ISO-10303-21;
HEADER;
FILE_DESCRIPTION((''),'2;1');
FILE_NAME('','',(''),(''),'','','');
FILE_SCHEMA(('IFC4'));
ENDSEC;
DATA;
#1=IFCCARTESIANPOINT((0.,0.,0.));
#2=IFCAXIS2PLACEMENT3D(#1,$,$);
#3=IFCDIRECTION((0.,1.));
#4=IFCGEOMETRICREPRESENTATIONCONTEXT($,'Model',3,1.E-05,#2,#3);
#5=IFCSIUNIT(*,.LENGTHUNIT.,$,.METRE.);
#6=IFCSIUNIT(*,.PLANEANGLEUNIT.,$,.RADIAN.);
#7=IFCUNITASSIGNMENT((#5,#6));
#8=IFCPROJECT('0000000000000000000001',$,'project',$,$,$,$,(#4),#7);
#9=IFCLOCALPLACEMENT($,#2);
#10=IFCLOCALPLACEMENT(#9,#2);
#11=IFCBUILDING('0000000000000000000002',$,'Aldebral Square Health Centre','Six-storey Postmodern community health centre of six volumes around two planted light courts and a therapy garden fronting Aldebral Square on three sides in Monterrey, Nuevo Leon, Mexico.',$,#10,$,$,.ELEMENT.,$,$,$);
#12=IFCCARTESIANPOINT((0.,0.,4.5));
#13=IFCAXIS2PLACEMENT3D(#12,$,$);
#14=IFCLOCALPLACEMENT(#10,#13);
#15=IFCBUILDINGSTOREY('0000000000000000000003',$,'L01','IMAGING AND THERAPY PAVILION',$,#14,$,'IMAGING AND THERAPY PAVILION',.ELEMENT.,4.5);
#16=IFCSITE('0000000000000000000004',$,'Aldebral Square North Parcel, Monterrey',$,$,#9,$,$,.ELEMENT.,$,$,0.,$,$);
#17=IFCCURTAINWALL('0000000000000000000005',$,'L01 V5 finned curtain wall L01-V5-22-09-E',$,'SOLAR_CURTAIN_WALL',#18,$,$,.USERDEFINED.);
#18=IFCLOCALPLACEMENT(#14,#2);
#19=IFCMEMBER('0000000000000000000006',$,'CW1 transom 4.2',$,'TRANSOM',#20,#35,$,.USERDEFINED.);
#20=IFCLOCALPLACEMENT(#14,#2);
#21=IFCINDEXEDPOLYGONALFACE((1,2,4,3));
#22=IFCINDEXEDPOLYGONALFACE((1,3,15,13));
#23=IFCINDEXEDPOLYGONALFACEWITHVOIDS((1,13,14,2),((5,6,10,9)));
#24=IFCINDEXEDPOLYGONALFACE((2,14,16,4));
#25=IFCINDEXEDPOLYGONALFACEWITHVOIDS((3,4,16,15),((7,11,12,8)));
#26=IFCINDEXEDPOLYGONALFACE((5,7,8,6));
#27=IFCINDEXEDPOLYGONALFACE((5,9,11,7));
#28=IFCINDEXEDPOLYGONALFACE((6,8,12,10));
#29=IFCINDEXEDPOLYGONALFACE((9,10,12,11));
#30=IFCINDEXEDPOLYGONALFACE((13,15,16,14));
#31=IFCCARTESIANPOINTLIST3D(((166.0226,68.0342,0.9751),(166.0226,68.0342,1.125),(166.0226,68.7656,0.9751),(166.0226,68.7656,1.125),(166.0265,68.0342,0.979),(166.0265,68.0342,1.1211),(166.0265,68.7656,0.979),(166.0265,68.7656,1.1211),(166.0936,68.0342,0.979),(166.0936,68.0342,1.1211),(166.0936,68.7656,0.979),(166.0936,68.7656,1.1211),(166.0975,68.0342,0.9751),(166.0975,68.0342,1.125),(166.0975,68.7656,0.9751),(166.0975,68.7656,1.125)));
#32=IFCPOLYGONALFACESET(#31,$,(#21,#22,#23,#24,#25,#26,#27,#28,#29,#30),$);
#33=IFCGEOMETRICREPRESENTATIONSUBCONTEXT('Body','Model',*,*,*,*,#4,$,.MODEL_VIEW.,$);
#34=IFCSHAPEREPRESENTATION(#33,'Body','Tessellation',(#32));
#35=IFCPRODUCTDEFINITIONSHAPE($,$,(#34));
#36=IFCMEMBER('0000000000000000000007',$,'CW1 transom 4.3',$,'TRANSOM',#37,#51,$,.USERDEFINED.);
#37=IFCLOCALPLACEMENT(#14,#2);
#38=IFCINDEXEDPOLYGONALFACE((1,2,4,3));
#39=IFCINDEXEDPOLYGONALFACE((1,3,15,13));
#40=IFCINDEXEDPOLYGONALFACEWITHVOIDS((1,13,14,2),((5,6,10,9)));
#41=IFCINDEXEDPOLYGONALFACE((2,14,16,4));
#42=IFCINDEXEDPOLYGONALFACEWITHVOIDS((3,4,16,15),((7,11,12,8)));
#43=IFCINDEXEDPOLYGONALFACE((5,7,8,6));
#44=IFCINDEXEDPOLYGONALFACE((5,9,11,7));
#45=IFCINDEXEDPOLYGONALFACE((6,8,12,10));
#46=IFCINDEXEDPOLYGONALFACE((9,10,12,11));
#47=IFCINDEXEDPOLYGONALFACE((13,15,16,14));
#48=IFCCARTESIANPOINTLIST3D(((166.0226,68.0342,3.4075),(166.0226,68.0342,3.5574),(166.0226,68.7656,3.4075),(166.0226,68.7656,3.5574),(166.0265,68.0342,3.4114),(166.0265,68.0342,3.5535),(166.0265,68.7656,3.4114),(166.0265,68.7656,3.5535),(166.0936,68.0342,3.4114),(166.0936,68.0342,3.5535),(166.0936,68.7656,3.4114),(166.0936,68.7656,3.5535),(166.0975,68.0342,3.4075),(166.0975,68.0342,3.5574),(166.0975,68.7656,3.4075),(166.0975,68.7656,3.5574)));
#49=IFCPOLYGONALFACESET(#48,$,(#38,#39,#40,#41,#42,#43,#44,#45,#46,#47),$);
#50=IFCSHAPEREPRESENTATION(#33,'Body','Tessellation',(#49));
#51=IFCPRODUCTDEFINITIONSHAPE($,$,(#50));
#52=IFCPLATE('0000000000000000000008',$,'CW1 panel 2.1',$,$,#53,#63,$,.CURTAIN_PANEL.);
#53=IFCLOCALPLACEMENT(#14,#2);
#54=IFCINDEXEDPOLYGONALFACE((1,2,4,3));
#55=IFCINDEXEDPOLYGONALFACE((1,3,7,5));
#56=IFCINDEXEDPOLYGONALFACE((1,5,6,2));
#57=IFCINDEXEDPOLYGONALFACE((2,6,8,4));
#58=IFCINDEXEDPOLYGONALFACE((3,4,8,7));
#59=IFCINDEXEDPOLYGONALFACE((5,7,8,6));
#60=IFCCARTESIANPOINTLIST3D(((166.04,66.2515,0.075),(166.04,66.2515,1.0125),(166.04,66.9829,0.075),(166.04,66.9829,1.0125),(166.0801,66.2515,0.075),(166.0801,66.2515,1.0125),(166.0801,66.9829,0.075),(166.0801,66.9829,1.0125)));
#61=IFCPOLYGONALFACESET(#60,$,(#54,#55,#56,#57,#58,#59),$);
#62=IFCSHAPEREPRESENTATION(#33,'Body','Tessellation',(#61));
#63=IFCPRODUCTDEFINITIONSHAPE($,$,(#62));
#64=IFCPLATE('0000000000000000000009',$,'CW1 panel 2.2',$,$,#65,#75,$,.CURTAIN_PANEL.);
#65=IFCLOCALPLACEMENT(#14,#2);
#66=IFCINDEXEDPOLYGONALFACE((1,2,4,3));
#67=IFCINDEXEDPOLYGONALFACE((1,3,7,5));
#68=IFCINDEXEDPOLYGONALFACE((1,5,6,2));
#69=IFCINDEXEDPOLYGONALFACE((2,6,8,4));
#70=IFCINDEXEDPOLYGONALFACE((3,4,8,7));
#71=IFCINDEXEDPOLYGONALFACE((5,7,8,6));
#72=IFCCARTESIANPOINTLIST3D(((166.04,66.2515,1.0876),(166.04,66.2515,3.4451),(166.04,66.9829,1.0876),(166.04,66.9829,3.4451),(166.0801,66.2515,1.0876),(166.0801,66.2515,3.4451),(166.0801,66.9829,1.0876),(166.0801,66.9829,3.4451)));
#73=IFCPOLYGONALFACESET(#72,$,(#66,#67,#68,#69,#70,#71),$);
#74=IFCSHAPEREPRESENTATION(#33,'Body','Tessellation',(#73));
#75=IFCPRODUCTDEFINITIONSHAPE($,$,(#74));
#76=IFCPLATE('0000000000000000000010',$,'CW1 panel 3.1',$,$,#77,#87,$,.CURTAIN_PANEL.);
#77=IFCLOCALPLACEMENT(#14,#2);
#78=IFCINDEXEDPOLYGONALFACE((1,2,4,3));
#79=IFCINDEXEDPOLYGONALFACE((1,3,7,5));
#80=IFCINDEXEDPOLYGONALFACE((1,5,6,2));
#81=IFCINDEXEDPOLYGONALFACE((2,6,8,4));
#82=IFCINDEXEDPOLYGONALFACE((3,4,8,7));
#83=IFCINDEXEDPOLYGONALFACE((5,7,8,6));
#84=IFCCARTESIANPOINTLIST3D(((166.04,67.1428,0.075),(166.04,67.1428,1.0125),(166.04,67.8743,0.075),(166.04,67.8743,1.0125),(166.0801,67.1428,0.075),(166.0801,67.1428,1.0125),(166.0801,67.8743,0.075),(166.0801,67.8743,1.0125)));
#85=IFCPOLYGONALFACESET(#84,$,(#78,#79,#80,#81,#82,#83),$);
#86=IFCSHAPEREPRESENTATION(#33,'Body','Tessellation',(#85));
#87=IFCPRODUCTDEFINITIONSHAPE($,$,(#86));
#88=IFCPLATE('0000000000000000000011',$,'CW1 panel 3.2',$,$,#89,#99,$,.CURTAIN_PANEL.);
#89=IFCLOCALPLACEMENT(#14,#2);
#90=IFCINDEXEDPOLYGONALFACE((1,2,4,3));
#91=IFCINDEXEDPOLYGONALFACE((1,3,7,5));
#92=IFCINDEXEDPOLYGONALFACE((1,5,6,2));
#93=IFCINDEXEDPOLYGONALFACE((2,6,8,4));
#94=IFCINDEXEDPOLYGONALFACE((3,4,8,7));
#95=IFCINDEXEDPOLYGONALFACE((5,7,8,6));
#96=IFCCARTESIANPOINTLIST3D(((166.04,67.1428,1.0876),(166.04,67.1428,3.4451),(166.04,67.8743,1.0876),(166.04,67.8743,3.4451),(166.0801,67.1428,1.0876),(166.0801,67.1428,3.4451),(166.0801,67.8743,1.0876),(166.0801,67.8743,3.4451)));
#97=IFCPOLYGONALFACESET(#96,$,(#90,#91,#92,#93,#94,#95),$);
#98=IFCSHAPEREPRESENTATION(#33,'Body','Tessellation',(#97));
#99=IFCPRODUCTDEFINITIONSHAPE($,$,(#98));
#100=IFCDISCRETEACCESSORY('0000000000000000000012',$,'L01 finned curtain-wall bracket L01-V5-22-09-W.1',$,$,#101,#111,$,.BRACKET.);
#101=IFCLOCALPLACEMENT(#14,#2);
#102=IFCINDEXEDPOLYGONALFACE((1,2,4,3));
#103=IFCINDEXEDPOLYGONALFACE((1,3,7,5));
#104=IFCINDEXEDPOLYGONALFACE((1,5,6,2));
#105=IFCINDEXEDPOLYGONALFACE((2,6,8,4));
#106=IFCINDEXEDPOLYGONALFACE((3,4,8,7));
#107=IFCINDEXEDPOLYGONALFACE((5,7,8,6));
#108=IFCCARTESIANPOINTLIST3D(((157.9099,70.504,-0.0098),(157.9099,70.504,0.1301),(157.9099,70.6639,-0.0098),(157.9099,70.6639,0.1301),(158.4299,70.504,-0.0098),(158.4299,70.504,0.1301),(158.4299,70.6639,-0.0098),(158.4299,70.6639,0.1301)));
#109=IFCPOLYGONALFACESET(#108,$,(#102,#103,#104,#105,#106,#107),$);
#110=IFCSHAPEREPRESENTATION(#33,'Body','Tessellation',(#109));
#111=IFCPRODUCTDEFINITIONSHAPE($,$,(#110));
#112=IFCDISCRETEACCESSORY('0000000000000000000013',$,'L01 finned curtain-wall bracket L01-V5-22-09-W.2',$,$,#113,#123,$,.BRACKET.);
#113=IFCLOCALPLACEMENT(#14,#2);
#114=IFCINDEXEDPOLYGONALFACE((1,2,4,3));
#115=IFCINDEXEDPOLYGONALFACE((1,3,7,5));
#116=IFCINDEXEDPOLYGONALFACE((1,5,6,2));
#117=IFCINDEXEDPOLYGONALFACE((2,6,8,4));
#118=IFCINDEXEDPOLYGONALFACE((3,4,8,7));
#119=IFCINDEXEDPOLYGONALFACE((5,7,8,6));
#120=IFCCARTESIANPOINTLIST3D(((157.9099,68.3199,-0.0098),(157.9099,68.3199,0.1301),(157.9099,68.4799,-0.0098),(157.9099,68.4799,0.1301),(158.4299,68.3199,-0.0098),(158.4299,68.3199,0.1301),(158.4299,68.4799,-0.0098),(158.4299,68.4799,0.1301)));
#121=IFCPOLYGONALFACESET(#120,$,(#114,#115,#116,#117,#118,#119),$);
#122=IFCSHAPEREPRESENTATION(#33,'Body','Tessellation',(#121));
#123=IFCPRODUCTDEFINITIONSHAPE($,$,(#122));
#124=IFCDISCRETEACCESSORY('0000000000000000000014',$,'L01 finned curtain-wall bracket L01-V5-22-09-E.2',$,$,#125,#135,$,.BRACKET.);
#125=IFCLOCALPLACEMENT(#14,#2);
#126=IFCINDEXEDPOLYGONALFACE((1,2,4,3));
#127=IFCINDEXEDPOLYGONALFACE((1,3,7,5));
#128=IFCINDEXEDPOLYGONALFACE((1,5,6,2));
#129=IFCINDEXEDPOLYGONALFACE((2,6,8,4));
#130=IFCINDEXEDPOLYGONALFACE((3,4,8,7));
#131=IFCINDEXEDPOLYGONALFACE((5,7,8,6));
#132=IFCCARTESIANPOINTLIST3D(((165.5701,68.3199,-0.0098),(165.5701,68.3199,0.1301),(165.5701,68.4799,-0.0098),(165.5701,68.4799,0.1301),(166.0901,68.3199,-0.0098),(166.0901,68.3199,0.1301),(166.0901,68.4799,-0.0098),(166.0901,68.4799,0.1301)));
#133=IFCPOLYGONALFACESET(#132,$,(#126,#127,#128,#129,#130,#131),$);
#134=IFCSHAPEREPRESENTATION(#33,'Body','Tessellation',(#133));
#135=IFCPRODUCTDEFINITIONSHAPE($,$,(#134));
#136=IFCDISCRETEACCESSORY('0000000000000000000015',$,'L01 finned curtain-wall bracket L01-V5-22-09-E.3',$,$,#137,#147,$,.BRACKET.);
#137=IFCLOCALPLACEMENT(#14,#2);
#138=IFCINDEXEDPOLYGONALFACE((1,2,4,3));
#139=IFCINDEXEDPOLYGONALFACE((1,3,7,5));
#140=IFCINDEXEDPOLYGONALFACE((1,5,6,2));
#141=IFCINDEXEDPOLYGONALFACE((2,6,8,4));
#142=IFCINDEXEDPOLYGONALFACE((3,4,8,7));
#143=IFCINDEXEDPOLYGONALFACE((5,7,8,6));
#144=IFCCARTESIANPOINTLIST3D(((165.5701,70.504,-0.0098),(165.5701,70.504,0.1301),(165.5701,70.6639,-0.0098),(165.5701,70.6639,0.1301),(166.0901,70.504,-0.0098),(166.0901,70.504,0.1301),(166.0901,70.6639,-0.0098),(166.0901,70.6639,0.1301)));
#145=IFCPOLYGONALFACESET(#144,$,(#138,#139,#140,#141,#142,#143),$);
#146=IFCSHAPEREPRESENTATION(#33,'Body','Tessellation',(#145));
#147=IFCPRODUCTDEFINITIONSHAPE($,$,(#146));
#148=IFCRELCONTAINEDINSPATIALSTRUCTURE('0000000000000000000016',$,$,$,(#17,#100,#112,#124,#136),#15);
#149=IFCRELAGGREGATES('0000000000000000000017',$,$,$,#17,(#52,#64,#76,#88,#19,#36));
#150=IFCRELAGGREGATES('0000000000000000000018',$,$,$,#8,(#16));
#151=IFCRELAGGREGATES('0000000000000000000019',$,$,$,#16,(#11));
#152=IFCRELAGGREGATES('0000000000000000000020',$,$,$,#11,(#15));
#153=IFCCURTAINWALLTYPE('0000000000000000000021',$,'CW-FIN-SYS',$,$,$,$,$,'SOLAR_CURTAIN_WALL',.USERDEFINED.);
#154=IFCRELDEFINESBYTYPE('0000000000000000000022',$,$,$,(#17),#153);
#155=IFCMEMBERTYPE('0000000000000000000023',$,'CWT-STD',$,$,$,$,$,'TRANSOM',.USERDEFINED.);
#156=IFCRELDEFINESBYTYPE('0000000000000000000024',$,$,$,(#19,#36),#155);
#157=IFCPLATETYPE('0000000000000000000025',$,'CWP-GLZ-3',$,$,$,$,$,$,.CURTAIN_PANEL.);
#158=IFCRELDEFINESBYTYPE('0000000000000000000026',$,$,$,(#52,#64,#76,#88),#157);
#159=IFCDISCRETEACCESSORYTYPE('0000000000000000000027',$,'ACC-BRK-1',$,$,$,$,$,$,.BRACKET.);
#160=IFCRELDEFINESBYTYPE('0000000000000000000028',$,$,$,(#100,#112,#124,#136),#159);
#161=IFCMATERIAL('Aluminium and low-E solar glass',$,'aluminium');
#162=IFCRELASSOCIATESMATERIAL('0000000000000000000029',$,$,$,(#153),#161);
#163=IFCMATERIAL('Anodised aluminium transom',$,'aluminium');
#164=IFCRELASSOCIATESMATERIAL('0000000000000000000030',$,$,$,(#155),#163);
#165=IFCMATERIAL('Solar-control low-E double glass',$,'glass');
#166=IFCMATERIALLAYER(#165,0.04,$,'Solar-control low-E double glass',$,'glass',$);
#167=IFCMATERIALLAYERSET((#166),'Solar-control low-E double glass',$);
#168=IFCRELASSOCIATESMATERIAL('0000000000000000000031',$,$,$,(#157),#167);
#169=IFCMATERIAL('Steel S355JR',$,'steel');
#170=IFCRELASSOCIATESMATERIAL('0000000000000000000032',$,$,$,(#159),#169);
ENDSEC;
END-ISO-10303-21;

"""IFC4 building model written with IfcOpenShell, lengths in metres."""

from ifc_helpers import new_model, si_unit, direction, frame, origin, origin_2d, place, context, subcontext, project, spatial, rectangle, hollow_rectangle, extrude, material, layer, layer_set, material_profile, profile_set, type_object, element, aggregate, save


model = new_model("IFC4")

# Units and contexts
model_context = context("Model", 3, precision=1e-05, world=origin(), true_north=direction((0.0, 1.0)))
body_context = subcontext(model_context, "Body", "Model", "MODEL_VIEW")
ifc_project = project(units=[si_unit("LENGTHUNIT", "METRE"), si_unit("PLANEANGLEUNIT", "RADIAN")], contexts=[model_context])

# Site, building, storey
site_placement = place(None, origin())
site = spatial("IfcSite", under=ifc_project, at=site_placement, Name="Aldebral Square North Parcel, Monterrey", CompositionType="ELEMENT", RefElevation=0.0)
building_placement = place(site_placement, origin())
building = spatial("IfcBuilding", under=site, at=building_placement, Name="Aldebral Square Health Centre", Description="Six-storey Postmodern community health centre of six volumes around two planted light courts and a therapy garden fronting Aldebral Square on three sides in Monterrey, Nuevo Leon, Mexico.", CompositionType="ELEMENT")
storey_placement = place(building_placement, frame((0.0, 0.0, 4.5)))
storey = spatial("IfcBuildingStorey", under=building, at=storey_placement, Name="L01", Description="IMAGING AND THERAPY PAVILION", LongName="IMAGING AND THERAPY PAVILION", CompositionType="ELEMENT", Elevation=4.5)

# Curtain wall, members, plates
ifc_material_1 = material(Name="Aluminium and low-E solar glass", Category="aluminium")
curtain_wall_type = type_object("IfcCurtainWallType", Name="CW-FIN-SYS", ElementType="SOLAR_CURTAIN_WALL", PredefinedType="USERDEFINED", material=ifc_material_1)
curtain_wall_placement = place(storey_placement, origin())
curtain_wall = element("IfcCurtainWall", 1, at=curtain_wall_placement, inside=storey, type_object=curtain_wall_type, Name="L01 V5 finned curtain wall L01-V5-22-09-E", ObjectType="SOLAR_CURTAIN_WALL", PredefinedType="USERDEFINED")
ifc_material_2 = material(Name="Anodised aluminium transom", Category="aluminium")
ifc_material_profile_1 = material_profile(ifc_material_2, hollow_rectangle(XDim=0.075, YDim=0.1499, WallThickness=0.0039, at=origin_2d()), Name="CWT 75x150x4")
ifc_profile_set_1 = profile_set([ifc_material_profile_1], Name="Anodised aluminium transom")
member_type_1 = type_object("IfcMemberType", Name="CWT-STD", ElementType="TRANSOM", PredefinedType="USERDEFINED", material=ifc_profile_set_1)
member_1_placement = place(storey_placement, frame((166.0601, 68.0342, 1.05), z_axis=(0.0, 1.0, 0.0), x_axis=(-1.0, 0.0, 0.0)))
member_1 = element("IfcMember", 2, at=member_1_placement, type_object=member_type_1, Name="CW1 transom 4.2", ObjectType="TRANSOM", PredefinedType="USERDEFINED", context=body_context, shape_type="SweptSolid", body=[
    extrude(hollow_rectangle(XDim=0.075, YDim=0.1499, WallThickness=0.0039, at=origin_2d()), origin(), (0.0, 0.0, 1.0), 0.7314),
])
member_2_placement = place(storey_placement, frame((166.0601, 68.0342, 3.4824), z_axis=(0.0, 1.0, 0.0), x_axis=(-1.0, 0.0, 0.0)))
member_2 = element("IfcMember", 3, at=member_2_placement, type_object=member_type_1, Name="CW1 transom 4.3", ObjectType="TRANSOM", PredefinedType="USERDEFINED", context=body_context, shape_type="SweptSolid", body=[
    extrude(hollow_rectangle(XDim=0.075, YDim=0.1499, WallThickness=0.0039, at=origin_2d()), origin(), (0.0, 0.0, 1.0), 0.7314),
])
ifc_material_3 = material(Name="Solar-control low-E double glass", Category="glass")
ifc_layer = layer(ifc_material_3, 0.04, Name="Solar-control low-E double glass", Category="glass")
ifc_layer_set = layer_set([ifc_layer], Name="Solar-control low-E double glass")
plate_type = type_object("IfcPlateType", Name="CWP-GLZ-3", PredefinedType="CURTAIN_PANEL", material=ifc_layer_set)
plate_1_placement = place(storey_placement, frame((166.0601, 66.6172, 0.075), z_axis=(0.0, 0.0, 1.0), x_axis=(0.0, 1.0, 0.0)))
plate_1 = element("IfcPlate", 4, at=plate_1_placement, type_object=plate_type, Name="CW1 panel 2.1", PredefinedType="CURTAIN_PANEL", context=body_context, shape_type="SweptSolid", body=[
    extrude(rectangle(XDim=0.7314, YDim=0.04, at=origin_2d()), origin(), (0.0, 0.0, 1.0), 0.9375),
])
plate_2_placement = place(storey_placement, frame((166.0601, 66.6172, 1.0876), z_axis=(0.0, 0.0, 1.0), x_axis=(0.0, 1.0, 0.0)))
plate_2 = element("IfcPlate", 5, at=plate_2_placement, type_object=plate_type, Name="CW1 panel 2.2", PredefinedType="CURTAIN_PANEL", context=body_context, shape_type="SweptSolid", body=[
    extrude(rectangle(XDim=0.7314, YDim=0.04, at=origin_2d()), origin(), (0.0, 0.0, 1.0), 2.3574),
])
plate_3_placement = place(storey_placement, frame((166.0601, 67.5085, 0.075), z_axis=(0.0, 0.0, 1.0), x_axis=(0.0, 1.0, 0.0)))
plate_3 = element("IfcPlate", 6, at=plate_3_placement, type_object=plate_type, Name="CW1 panel 3.1", PredefinedType="CURTAIN_PANEL", context=body_context, shape_type="SweptSolid", body=[
    extrude(rectangle(XDim=0.7314, YDim=0.04, at=origin_2d()), origin(), (0.0, 0.0, 1.0), 0.9375),
])
plate_4_placement = place(storey_placement, frame((166.0601, 67.5085, 1.0876), z_axis=(0.0, 0.0, 1.0), x_axis=(0.0, 1.0, 0.0)))
plate_4 = element("IfcPlate", 7, at=plate_4_placement, type_object=plate_type, Name="CW1 panel 3.2", PredefinedType="CURTAIN_PANEL", context=body_context, shape_type="SweptSolid", body=[
    extrude(rectangle(XDim=0.7314, YDim=0.04, at=origin_2d()), origin(), (0.0, 0.0, 1.0), 2.3574),
])
aggregate(curtain_wall, [plate_1, plate_2, plate_3, plate_4, member_1, member_2])

# Discrete accessories
ifc_material_4 = material(Name="Steel S355JR", Category="steel")
discrete_accessory_type = type_object("IfcDiscreteAccessoryType", Name="ACC-BRK-1", PredefinedType="BRACKET", material=ifc_material_4)
for number, where, z_axis, x_axis, name in (
    (8, (158.1699, 70.584, -0.0098), (0.0, 0.0, 1.0), (0.0, 1.0, 0.0), "L01 finned curtain-wall bracket L01-V5-22-09-W.1"),
    (9, (158.1699, 68.3999, -0.0098), (0.0, 0.0, 1.0), (0.0, 1.0, 0.0), "L01 finned curtain-wall bracket L01-V5-22-09-W.2"),
    (10, (165.8301, 68.3999, -0.0098), (0.0, 0.0, 1.0), (0.0, 1.0, 0.0), "L01 finned curtain-wall bracket L01-V5-22-09-E.2"),
    (11, (165.8301, 70.584, -0.0098), (0.0, 0.0, 1.0), (0.0, 1.0, 0.0), "L01 finned curtain-wall bracket L01-V5-22-09-E.3"),
):
    element("IfcDiscreteAccessory", number, at=place(storey_placement, frame(where, z_axis=z_axis, x_axis=x_axis)), inside=storey, type_object=discrete_accessory_type, Name=name, PredefinedType="BRACKET", context=body_context, shape_type="SweptSolid", body=[
        extrude(rectangle(XDim=0.1599, YDim=0.52, at=origin_2d()), origin(), (0.0, 0.0, 1.0), 0.1399),
    ])

save(model, "model.ifc")
